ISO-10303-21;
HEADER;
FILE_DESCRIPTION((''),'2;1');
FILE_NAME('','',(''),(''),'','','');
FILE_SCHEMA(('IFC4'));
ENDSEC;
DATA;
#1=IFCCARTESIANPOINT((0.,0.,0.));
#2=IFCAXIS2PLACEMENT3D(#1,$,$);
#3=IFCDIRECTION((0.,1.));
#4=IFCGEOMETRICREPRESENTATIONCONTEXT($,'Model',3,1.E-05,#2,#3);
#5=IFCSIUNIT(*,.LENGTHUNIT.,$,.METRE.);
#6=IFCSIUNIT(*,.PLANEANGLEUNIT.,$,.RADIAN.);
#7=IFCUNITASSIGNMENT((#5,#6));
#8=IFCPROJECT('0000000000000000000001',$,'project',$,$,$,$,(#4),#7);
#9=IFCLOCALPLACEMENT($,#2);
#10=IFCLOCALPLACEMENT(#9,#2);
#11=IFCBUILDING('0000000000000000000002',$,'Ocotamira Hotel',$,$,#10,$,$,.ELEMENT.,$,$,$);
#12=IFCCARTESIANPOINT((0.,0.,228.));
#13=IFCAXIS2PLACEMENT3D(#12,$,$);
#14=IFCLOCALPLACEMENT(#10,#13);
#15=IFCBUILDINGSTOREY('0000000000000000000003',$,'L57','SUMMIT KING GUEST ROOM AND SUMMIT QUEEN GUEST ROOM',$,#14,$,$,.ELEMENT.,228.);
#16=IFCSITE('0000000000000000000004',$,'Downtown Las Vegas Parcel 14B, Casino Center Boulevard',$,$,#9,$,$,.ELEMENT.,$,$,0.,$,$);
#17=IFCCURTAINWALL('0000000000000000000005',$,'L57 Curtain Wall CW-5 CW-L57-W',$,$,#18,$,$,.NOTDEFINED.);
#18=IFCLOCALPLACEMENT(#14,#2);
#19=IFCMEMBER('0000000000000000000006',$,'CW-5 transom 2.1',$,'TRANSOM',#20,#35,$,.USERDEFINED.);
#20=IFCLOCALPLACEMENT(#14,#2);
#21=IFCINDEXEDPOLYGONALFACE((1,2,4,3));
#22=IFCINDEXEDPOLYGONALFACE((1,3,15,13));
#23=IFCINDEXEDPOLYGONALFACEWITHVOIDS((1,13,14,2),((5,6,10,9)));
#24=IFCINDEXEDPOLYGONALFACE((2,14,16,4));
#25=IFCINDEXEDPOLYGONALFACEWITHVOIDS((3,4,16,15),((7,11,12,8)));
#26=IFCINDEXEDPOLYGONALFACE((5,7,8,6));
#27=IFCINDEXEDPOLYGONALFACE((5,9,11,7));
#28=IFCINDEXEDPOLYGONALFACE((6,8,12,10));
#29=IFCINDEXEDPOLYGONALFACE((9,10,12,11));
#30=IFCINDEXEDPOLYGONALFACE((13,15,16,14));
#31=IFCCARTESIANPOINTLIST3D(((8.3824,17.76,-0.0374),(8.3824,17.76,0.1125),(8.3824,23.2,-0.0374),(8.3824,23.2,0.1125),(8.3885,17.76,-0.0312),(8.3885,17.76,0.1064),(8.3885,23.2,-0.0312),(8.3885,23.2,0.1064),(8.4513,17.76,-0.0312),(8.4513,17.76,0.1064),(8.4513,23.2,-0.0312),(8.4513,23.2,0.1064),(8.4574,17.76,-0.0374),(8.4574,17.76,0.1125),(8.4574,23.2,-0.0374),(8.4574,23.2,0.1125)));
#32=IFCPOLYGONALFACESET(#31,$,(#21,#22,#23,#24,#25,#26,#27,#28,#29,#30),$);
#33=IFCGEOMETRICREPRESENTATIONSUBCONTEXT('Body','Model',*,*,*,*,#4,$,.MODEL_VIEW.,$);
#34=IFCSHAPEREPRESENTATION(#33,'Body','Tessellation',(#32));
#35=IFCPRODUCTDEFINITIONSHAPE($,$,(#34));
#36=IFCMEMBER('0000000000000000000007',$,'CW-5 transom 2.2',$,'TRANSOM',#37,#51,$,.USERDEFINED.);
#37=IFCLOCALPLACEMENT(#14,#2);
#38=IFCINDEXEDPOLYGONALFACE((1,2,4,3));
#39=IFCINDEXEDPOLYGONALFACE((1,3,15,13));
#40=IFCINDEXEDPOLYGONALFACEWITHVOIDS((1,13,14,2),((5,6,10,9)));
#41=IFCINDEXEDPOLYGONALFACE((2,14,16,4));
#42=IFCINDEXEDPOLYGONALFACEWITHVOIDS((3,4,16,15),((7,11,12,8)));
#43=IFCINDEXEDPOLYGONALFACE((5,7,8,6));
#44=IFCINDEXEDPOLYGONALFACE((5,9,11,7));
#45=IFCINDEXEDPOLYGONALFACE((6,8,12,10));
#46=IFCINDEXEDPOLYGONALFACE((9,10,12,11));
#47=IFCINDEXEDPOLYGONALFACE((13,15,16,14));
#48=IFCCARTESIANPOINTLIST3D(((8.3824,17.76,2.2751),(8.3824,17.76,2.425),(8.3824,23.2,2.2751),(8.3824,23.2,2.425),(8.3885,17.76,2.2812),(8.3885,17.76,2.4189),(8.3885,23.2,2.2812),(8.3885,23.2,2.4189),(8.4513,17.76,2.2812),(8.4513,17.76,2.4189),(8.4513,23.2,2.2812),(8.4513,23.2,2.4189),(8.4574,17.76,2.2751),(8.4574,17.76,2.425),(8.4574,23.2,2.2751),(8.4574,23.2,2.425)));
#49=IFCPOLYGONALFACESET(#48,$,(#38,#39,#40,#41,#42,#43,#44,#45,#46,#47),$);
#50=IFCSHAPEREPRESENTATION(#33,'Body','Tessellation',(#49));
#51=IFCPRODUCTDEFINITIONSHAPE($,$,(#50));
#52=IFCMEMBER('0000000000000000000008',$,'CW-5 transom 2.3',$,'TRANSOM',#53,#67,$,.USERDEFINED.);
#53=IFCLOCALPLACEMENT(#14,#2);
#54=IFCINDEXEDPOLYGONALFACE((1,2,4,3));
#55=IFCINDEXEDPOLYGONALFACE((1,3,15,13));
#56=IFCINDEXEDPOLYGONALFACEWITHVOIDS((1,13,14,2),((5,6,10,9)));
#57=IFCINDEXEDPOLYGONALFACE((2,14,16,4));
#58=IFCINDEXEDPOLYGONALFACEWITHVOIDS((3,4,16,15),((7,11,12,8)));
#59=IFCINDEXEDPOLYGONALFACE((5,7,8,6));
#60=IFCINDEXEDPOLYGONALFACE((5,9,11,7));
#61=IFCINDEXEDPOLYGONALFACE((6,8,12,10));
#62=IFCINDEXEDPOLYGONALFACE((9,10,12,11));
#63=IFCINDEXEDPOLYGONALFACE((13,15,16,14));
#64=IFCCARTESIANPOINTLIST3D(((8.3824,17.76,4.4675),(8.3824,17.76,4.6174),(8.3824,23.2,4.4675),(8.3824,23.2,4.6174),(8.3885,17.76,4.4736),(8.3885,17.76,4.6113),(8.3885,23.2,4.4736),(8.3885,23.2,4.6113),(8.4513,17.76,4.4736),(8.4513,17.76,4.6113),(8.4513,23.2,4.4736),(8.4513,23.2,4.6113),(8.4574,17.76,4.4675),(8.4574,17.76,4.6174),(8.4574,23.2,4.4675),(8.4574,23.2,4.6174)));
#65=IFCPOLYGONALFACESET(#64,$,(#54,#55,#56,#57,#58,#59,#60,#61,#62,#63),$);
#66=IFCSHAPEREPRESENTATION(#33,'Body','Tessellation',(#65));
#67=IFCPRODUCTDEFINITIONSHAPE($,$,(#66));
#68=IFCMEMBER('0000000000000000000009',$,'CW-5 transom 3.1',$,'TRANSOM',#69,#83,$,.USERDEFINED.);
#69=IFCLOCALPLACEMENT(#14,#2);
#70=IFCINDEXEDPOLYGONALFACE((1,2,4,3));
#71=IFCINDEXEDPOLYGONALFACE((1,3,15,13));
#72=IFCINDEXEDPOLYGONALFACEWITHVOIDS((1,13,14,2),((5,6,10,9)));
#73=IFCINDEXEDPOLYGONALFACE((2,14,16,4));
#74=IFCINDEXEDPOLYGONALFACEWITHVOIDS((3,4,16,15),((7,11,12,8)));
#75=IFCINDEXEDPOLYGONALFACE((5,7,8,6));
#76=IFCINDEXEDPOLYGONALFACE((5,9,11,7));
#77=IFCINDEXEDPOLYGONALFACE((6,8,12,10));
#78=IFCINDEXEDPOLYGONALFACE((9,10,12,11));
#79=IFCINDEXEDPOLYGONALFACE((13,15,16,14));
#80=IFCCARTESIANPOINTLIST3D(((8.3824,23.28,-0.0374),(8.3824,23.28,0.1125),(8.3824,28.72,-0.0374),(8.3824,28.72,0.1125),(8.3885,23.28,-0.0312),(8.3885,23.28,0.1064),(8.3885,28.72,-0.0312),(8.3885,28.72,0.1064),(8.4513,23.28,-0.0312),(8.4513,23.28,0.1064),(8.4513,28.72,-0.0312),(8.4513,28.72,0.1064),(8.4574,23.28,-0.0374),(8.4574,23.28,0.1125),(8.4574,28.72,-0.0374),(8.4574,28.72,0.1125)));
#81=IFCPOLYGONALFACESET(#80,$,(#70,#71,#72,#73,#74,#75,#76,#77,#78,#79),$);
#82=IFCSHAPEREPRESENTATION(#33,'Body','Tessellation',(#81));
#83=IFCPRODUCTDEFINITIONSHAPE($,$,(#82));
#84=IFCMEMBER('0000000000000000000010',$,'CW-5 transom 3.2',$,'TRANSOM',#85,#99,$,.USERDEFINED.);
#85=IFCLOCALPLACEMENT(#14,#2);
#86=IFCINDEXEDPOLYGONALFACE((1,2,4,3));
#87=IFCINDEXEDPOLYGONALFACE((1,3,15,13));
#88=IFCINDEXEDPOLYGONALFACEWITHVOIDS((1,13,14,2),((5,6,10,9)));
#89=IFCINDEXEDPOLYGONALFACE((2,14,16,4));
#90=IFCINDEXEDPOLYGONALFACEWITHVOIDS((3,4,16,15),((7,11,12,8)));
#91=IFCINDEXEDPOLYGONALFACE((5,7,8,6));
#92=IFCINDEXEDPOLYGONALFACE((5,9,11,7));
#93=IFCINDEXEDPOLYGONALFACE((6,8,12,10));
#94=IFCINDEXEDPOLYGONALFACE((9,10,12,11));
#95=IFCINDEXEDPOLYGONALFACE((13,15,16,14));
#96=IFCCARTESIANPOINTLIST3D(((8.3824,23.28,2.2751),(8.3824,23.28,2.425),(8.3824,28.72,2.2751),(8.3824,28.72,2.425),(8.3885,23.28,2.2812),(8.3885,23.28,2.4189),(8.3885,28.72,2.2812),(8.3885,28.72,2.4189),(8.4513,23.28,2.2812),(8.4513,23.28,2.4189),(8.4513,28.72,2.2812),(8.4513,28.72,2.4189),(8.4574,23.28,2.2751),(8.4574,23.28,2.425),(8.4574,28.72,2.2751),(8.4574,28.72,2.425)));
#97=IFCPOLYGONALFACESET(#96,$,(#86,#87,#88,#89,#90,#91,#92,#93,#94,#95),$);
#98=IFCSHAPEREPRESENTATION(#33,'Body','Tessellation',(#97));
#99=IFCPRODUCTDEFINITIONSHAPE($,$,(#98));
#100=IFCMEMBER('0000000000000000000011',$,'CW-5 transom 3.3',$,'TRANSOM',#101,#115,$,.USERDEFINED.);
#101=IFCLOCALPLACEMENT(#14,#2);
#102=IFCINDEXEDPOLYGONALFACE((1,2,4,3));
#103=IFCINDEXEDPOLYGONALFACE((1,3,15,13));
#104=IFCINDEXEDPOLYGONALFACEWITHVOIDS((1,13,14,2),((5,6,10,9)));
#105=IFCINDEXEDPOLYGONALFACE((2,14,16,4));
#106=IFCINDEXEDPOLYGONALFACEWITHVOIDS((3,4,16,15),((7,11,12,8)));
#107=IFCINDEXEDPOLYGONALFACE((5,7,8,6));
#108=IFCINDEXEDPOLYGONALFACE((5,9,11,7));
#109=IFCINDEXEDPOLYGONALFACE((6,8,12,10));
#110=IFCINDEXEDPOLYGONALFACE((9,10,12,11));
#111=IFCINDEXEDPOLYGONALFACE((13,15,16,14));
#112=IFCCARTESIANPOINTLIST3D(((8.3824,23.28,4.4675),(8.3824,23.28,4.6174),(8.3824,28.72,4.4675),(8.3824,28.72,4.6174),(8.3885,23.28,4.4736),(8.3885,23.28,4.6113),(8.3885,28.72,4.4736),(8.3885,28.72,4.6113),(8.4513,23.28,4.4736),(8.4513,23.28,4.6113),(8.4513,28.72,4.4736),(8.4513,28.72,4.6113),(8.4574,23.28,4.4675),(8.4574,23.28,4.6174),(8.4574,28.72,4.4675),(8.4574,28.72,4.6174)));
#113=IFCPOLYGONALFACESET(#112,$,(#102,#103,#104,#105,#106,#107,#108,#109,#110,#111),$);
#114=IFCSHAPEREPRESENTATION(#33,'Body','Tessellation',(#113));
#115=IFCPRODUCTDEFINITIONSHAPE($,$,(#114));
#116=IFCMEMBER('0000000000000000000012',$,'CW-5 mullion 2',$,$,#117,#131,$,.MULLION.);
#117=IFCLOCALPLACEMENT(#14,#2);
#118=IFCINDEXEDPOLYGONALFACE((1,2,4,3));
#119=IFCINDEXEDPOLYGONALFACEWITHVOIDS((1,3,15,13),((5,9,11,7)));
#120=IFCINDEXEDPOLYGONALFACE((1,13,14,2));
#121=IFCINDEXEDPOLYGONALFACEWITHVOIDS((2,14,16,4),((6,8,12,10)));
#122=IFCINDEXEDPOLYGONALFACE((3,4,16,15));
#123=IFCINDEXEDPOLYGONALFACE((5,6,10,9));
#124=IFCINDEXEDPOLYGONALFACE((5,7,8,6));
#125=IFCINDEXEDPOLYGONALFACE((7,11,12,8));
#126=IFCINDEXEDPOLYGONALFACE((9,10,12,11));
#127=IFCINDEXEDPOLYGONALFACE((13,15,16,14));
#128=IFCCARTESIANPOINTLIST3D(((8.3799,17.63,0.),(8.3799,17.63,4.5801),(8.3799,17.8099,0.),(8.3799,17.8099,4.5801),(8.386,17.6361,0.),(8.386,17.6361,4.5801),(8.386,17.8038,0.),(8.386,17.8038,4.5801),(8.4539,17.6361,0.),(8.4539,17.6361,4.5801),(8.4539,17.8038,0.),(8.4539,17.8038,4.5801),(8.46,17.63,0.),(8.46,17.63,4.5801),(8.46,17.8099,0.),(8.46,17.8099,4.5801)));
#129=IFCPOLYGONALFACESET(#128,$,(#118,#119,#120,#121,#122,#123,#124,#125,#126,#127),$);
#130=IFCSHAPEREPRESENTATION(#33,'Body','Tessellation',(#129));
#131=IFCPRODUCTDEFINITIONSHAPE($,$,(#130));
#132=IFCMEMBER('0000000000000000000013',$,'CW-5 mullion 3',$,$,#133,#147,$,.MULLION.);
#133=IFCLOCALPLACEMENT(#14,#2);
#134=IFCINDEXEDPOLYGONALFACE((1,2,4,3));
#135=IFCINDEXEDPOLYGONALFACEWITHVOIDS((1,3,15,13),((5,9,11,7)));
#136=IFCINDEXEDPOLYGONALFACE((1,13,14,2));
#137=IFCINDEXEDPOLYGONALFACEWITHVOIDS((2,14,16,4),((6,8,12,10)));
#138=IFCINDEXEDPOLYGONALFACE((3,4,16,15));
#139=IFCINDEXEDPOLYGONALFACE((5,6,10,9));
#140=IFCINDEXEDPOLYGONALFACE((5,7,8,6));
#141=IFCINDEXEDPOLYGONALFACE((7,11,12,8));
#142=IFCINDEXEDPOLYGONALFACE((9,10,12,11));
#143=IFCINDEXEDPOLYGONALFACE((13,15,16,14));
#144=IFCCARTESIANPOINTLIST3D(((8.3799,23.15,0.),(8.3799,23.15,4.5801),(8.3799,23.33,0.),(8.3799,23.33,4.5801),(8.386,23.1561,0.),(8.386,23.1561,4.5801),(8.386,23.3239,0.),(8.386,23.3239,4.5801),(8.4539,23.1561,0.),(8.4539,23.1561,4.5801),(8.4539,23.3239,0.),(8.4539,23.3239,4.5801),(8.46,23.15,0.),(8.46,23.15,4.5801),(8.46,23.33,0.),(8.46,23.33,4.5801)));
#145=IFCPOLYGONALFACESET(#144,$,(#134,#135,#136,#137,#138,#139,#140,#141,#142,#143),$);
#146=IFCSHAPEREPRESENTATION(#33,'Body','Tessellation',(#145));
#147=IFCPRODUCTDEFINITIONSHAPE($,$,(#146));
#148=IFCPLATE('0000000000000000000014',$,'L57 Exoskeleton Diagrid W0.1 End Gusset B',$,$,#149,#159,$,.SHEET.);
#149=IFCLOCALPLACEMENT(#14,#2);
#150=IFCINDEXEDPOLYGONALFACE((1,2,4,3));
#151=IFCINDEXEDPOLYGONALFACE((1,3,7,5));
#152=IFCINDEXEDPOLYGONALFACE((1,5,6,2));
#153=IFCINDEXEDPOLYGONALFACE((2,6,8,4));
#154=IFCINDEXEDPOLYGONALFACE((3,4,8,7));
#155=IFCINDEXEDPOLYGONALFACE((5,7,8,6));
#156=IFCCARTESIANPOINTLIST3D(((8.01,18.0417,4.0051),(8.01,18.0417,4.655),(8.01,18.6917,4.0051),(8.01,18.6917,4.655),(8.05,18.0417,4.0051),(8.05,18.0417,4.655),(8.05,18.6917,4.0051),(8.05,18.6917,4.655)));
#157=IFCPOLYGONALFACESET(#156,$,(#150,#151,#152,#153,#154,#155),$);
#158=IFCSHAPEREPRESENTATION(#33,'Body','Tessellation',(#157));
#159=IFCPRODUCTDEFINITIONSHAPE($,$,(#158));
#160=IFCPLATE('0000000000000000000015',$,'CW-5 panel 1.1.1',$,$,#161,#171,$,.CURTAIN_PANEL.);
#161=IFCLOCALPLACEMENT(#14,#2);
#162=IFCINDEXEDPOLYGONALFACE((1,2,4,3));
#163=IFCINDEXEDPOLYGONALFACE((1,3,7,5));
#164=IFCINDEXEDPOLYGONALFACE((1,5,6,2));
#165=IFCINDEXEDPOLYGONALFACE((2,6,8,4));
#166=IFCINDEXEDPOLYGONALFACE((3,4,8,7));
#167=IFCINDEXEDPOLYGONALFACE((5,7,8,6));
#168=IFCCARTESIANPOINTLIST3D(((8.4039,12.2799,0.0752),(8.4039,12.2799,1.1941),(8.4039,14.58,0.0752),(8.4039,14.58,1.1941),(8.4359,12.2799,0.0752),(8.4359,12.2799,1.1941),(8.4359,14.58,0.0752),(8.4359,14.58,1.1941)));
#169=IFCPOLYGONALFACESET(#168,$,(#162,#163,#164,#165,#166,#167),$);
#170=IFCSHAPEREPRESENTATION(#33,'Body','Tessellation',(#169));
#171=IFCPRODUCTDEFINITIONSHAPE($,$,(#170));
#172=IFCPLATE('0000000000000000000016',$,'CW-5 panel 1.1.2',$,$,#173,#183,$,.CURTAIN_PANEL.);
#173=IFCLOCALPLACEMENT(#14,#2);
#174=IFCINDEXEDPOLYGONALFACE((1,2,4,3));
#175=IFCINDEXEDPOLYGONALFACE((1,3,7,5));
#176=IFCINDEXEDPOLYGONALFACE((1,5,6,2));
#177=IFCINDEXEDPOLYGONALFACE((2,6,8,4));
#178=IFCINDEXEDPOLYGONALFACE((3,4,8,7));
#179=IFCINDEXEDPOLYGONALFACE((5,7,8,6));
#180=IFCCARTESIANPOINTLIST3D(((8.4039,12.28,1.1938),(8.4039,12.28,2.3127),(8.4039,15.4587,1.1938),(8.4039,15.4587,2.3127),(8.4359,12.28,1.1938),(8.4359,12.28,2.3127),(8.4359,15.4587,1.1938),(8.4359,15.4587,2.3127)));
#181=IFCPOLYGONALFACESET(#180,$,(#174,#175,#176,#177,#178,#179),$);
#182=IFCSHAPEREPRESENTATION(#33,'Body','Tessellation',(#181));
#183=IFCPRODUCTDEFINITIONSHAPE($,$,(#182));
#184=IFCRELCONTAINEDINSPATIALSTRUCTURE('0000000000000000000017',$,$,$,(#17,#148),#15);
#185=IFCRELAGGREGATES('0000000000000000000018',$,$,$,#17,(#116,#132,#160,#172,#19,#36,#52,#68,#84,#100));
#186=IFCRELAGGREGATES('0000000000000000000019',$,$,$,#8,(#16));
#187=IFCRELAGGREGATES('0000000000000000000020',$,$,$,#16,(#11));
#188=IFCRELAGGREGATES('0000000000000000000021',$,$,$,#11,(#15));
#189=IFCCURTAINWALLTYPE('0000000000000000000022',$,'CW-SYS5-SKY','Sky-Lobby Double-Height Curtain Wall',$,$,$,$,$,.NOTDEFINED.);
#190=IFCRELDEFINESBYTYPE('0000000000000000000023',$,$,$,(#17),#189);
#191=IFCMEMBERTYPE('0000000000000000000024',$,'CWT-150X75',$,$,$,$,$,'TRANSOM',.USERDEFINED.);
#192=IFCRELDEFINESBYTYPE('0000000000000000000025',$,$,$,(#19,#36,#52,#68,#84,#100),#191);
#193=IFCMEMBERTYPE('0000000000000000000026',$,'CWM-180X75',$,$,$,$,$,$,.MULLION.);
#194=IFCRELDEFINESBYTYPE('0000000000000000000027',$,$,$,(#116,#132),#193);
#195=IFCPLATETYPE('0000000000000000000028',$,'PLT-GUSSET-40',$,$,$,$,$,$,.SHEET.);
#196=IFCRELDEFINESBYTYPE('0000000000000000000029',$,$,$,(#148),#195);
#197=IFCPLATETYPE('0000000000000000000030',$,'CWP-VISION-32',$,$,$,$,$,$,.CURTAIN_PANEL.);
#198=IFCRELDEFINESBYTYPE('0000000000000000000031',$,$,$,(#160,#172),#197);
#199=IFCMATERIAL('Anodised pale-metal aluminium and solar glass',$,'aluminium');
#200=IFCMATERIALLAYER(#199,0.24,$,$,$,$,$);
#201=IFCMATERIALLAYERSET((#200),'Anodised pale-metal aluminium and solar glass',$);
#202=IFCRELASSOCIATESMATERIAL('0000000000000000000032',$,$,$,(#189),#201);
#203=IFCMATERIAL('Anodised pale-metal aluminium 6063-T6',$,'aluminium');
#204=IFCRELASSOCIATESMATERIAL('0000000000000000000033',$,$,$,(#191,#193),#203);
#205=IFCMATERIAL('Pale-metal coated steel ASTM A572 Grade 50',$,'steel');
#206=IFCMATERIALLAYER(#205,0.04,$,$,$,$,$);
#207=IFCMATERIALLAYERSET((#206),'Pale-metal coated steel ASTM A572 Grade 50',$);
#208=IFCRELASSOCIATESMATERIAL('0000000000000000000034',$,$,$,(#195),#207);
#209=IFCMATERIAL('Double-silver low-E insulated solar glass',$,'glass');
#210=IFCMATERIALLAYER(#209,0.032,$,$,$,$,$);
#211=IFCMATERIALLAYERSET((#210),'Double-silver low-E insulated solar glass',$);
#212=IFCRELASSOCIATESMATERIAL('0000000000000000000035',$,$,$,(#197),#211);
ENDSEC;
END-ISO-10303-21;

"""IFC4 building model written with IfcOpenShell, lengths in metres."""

from ifc_helpers import new_model, si_unit, direction, frame, origin, origin_2d, place, context, subcontext, project, spatial, rectangle, hollow_rectangle, extrude, source, transform, mapped, material, layer, layer_set, material_profile, profile_set, type_object, element, aggregate, save


model = new_model("IFC4")

# Units and contexts
model_context = context("Model", 3, precision=1e-05, world=origin(), true_north=direction((0.0, 1.0)))
body_context = subcontext(model_context, "Body", "Model", "MODEL_VIEW")
ifc_project = project(units=[si_unit("LENGTHUNIT", "METRE"), si_unit("PLANEANGLEUNIT", "RADIAN")], contexts=[model_context])

# Site, building, storey
site_placement = place(None, origin())
site = spatial("IfcSite", under=ifc_project, at=site_placement, Name="Downtown Las Vegas Parcel 14B, Casino Center Boulevard", CompositionType="ELEMENT", RefElevation=0.0)
building_placement = place(site_placement, origin())
building = spatial("IfcBuilding", under=site, at=building_placement, Name="Ocotamira Hotel", CompositionType="ELEMENT")
storey_placement = place(building_placement, frame((0.0, 0.0, 228.0)))
storey = spatial("IfcBuildingStorey", under=building, at=storey_placement, Name="L57", Description="SUMMIT KING GUEST ROOM AND SUMMIT QUEEN GUEST ROOM", CompositionType="ELEMENT", Elevation=228.0)

# Curtain wall, members
ifc_material_1 = material(Name="Anodised pale-metal aluminium and solar glass", Category="aluminium")
ifc_layer_1 = layer(ifc_material_1, 0.24)
ifc_layer_set_1 = layer_set([ifc_layer_1], Name="Anodised pale-metal aluminium and solar glass")
curtain_wall_type = type_object("IfcCurtainWallType", Name="CW-SYS5-SKY", Description="Sky-Lobby Double-Height Curtain Wall", PredefinedType="NOTDEFINED", material=ifc_layer_set_1)
curtain_wall_placement = place(storey_placement, origin())
curtain_wall = element("IfcCurtainWall", 1, at=curtain_wall_placement, inside=storey, type_object=curtain_wall_type, Name="L57 Curtain Wall CW-5 CW-L57-W", PredefinedType="NOTDEFINED")
ifc_material_2 = material(Name="Anodised pale-metal aluminium 6063-T6", Category="aluminium")
ifc_material_profile_1 = material_profile(ifc_material_2, hollow_rectangle(XDim=0.075, YDim=0.1499, WallThickness=0.0061, at=origin_2d()), Name="HSS150X75X6")
ifc_profile_set_1 = profile_set([ifc_material_profile_1], Name="Anodised pale-metal aluminium 6063-T6")
member_type_1 = type_object("IfcMemberType", Name="CWT-150X75", ElementType="TRANSOM", PredefinedType="USERDEFINED", material=ifc_profile_set_1)
shared_shape_1 = source(origin(), body_context, "Body", "SweptSolid", [
    extrude(hollow_rectangle(XDim=0.075, YDim=0.1499, WallThickness=0.0061, at=origin_2d()), origin(), (0.0, 0.0, 1.0), 5.4399),
])
member_1_placement = place(storey_placement, frame((8.4199, 17.76, 0.0376), z_axis=(0.0, 1.0, 0.0), x_axis=(-1.0, 0.0, 0.0)))
member_1 = element("IfcMember", 2, at=member_1_placement, type_object=member_type_1, Name="CW-5 transom 2.1", ObjectType="TRANSOM", PredefinedType="USERDEFINED", context=body_context, shape_type="MappedRepresentation", body=[
    mapped(shared_shape_1, transform((0.0, 0.0, 0.0), scale=1.0)),
])
member_2_placement = place(storey_placement, frame((8.4199, 17.76, 2.3501), z_axis=(0.0, 1.0, 0.0), x_axis=(-1.0, 0.0, 0.0)))
member_2 = element("IfcMember", 3, at=member_2_placement, type_object=member_type_1, Name="CW-5 transom 2.2", ObjectType="TRANSOM", PredefinedType="USERDEFINED", context=body_context, shape_type="MappedRepresentation", body=[
    mapped(shared_shape_1, transform((0.0, 0.0, 0.0), scale=1.0)),
])
member_3_placement = place(storey_placement, frame((8.4199, 17.76, 4.5425), z_axis=(0.0, 1.0, 0.0), x_axis=(-1.0, 0.0, 0.0)))
member_3 = element("IfcMember", 4, at=member_3_placement, type_object=member_type_1, Name="CW-5 transom 2.3", ObjectType="TRANSOM", PredefinedType="USERDEFINED", context=body_context, shape_type="MappedRepresentation", body=[
    mapped(shared_shape_1, transform((0.0, 0.0, 0.0), scale=1.0)),
])
member_4_placement = place(storey_placement, frame((8.4199, 23.28, 0.0376), z_axis=(0.0, 1.0, 0.0), x_axis=(-1.0, 0.0, 0.0)))
member_4 = element("IfcMember", 5, at=member_4_placement, type_object=member_type_1, Name="CW-5 transom 3.1", ObjectType="TRANSOM", PredefinedType="USERDEFINED", context=body_context, shape_type="MappedRepresentation", body=[
    mapped(shared_shape_1, transform((0.0, 0.0, 0.0), scale=1.0)),
])
member_5_placement = place(storey_placement, frame((8.4199, 23.28, 2.3501), z_axis=(0.0, 1.0, 0.0), x_axis=(-1.0, 0.0, 0.0)))
member_5 = element("IfcMember", 6, at=member_5_placement, type_object=member_type_1, Name="CW-5 transom 3.2", ObjectType="TRANSOM", PredefinedType="USERDEFINED", context=body_context, shape_type="MappedRepresentation", body=[
    mapped(shared_shape_1, transform((0.0, 0.0, 0.0), scale=1.0)),
])
member_6_placement = place(storey_placement, frame((8.4199, 23.28, 4.5425), z_axis=(0.0, 1.0, 0.0), x_axis=(-1.0, 0.0, 0.0)))
member_6 = element("IfcMember", 7, at=member_6_placement, type_object=member_type_1, Name="CW-5 transom 3.3", ObjectType="TRANSOM", PredefinedType="USERDEFINED", context=body_context, shape_type="MappedRepresentation", body=[
    mapped(shared_shape_1, transform((0.0, 0.0, 0.0), scale=1.0)),
])
ifc_material_profile_2 = material_profile(ifc_material_2, hollow_rectangle(XDim=0.0801, YDim=0.1799, WallThickness=0.0061, at=origin_2d()), Name="HSS180X80X6")
ifc_profile_set_2 = profile_set([ifc_material_profile_2], Name="Anodised pale-metal aluminium 6063-T6")
member_type_2 = type_object("IfcMemberType", Name="CWM-180X75", PredefinedType="MULLION", material=ifc_profile_set_2)
shared_shape_2 = source(origin(), body_context, "Body", "SweptSolid", [
    extrude(hollow_rectangle(XDim=0.0801, YDim=0.1799, WallThickness=0.0061, at=origin_2d()), origin(), (0.0, 0.0, 1.0), 4.5801),
])
member_7_placement = place(storey_placement, frame((8.4199, 17.72, 0.0), z_axis=(0.0, 0.0, 1.0), x_axis=(-1.0, 0.0, 0.0)))
member_7 = element("IfcMember", 8, at=member_7_placement, type_object=member_type_2, Name="CW-5 mullion 2", PredefinedType="MULLION", context=body_context, shape_type="MappedRepresentation", body=[
    mapped(shared_shape_2, transform((0.0, 0.0, 0.0), scale=1.0)),
])
member_8_placement = place(storey_placement, frame((8.4199, 23.24, 0.0), z_axis=(0.0, 0.0, 1.0), x_axis=(-1.0, 0.0, 0.0)))
member_8 = element("IfcMember", 9, at=member_8_placement, type_object=member_type_2, Name="CW-5 mullion 3", PredefinedType="MULLION", context=body_context, shape_type="MappedRepresentation", body=[
    mapped(shared_shape_2, transform((0.0, 0.0, 0.0), scale=1.0)),
])

# Plates
ifc_material_3 = material(Name="Pale-metal coated steel ASTM A572 Grade 50", Category="steel")
ifc_layer_2 = layer(ifc_material_3, 0.04)
ifc_layer_set_2 = layer_set([ifc_layer_2], Name="Pale-metal coated steel ASTM A572 Grade 50")
plate_type_1 = type_object("IfcPlateType", Name="PLT-GUSSET-40", PredefinedType="SHEET", material=ifc_layer_set_2)
shared_shape_3 = source(origin(), body_context, "Body", "SweptSolid", [
    extrude(rectangle(XDim=0.04, YDim=0.6499, at=origin_2d()), origin(), (0.0, 0.0, 1.0), 0.6499),
])
plate_1_placement = place(storey_placement, frame((8.03, 18.3667, 4.0051), z_axis=(0.0, 0.0, 1.0), x_axis=(1.0, 0.0, 0.0)))
element("IfcPlate", 10, at=plate_1_placement, inside=storey, type_object=plate_type_1, Name="L57 Exoskeleton Diagrid W0.1 End Gusset B", PredefinedType="SHEET", context=body_context, shape_type="MappedRepresentation", body=[
    mapped(shared_shape_3, transform((0.0, 0.0, 0.0), scale=1.0)),
])
ifc_material_4 = material(Name="Double-silver low-E insulated solar glass", Category="glass")
ifc_layer_3 = layer(ifc_material_4, 0.032)
ifc_layer_set_3 = layer_set([ifc_layer_3], Name="Double-silver low-E insulated solar glass")
plate_type_2 = type_object("IfcPlateType", Name="CWP-VISION-32", PredefinedType="CURTAIN_PANEL", material=ifc_layer_set_3)
shared_shape_4 = source(origin(), body_context, "Body", "SweptSolid", [
    extrude(rectangle(XDim=2.3, YDim=0.032, at=origin_2d()), origin(), (0.0, 0.0, 1.0), 1.1189),
])
plate_2_placement = place(storey_placement, frame((8.4199, 13.4299, 0.0752), z_axis=(0.0, 0.0, 1.0), x_axis=(0.0, 1.0, 0.0)))
plate_2 = element("IfcPlate", 11, at=plate_2_placement, type_object=plate_type_2, Name="CW-5 panel 1.1.1", PredefinedType="CURTAIN_PANEL", context=body_context, shape_type="MappedRepresentation", body=[
    mapped(shared_shape_4, transform((0.0, 0.0, 0.0), scale=1.0)),
])
shared_shape_5 = source(origin(), body_context, "Body", "SweptSolid", [
    extrude(rectangle(XDim=3.1787, YDim=0.032, at=origin_2d()), origin(), (0.0, 0.0, 1.0), 1.1189),
])
plate_3_placement = place(storey_placement, frame((8.4199, 13.8694, 1.1938), z_axis=(0.0, 0.0, 1.0), x_axis=(0.0, 1.0, 0.0)))
plate_3 = element("IfcPlate", 12, at=plate_3_placement, type_object=plate_type_2, Name="CW-5 panel 1.1.2", PredefinedType="CURTAIN_PANEL", context=body_context, shape_type="MappedRepresentation", body=[
    mapped(shared_shape_5, transform((0.0, 0.0, 0.0), scale=1.0)),
])
aggregate(curtain_wall, [member_7, member_8, plate_2, plate_3, member_1, member_2, member_3, member_4, member_5, member_6])

save(model, "model.ifc")
